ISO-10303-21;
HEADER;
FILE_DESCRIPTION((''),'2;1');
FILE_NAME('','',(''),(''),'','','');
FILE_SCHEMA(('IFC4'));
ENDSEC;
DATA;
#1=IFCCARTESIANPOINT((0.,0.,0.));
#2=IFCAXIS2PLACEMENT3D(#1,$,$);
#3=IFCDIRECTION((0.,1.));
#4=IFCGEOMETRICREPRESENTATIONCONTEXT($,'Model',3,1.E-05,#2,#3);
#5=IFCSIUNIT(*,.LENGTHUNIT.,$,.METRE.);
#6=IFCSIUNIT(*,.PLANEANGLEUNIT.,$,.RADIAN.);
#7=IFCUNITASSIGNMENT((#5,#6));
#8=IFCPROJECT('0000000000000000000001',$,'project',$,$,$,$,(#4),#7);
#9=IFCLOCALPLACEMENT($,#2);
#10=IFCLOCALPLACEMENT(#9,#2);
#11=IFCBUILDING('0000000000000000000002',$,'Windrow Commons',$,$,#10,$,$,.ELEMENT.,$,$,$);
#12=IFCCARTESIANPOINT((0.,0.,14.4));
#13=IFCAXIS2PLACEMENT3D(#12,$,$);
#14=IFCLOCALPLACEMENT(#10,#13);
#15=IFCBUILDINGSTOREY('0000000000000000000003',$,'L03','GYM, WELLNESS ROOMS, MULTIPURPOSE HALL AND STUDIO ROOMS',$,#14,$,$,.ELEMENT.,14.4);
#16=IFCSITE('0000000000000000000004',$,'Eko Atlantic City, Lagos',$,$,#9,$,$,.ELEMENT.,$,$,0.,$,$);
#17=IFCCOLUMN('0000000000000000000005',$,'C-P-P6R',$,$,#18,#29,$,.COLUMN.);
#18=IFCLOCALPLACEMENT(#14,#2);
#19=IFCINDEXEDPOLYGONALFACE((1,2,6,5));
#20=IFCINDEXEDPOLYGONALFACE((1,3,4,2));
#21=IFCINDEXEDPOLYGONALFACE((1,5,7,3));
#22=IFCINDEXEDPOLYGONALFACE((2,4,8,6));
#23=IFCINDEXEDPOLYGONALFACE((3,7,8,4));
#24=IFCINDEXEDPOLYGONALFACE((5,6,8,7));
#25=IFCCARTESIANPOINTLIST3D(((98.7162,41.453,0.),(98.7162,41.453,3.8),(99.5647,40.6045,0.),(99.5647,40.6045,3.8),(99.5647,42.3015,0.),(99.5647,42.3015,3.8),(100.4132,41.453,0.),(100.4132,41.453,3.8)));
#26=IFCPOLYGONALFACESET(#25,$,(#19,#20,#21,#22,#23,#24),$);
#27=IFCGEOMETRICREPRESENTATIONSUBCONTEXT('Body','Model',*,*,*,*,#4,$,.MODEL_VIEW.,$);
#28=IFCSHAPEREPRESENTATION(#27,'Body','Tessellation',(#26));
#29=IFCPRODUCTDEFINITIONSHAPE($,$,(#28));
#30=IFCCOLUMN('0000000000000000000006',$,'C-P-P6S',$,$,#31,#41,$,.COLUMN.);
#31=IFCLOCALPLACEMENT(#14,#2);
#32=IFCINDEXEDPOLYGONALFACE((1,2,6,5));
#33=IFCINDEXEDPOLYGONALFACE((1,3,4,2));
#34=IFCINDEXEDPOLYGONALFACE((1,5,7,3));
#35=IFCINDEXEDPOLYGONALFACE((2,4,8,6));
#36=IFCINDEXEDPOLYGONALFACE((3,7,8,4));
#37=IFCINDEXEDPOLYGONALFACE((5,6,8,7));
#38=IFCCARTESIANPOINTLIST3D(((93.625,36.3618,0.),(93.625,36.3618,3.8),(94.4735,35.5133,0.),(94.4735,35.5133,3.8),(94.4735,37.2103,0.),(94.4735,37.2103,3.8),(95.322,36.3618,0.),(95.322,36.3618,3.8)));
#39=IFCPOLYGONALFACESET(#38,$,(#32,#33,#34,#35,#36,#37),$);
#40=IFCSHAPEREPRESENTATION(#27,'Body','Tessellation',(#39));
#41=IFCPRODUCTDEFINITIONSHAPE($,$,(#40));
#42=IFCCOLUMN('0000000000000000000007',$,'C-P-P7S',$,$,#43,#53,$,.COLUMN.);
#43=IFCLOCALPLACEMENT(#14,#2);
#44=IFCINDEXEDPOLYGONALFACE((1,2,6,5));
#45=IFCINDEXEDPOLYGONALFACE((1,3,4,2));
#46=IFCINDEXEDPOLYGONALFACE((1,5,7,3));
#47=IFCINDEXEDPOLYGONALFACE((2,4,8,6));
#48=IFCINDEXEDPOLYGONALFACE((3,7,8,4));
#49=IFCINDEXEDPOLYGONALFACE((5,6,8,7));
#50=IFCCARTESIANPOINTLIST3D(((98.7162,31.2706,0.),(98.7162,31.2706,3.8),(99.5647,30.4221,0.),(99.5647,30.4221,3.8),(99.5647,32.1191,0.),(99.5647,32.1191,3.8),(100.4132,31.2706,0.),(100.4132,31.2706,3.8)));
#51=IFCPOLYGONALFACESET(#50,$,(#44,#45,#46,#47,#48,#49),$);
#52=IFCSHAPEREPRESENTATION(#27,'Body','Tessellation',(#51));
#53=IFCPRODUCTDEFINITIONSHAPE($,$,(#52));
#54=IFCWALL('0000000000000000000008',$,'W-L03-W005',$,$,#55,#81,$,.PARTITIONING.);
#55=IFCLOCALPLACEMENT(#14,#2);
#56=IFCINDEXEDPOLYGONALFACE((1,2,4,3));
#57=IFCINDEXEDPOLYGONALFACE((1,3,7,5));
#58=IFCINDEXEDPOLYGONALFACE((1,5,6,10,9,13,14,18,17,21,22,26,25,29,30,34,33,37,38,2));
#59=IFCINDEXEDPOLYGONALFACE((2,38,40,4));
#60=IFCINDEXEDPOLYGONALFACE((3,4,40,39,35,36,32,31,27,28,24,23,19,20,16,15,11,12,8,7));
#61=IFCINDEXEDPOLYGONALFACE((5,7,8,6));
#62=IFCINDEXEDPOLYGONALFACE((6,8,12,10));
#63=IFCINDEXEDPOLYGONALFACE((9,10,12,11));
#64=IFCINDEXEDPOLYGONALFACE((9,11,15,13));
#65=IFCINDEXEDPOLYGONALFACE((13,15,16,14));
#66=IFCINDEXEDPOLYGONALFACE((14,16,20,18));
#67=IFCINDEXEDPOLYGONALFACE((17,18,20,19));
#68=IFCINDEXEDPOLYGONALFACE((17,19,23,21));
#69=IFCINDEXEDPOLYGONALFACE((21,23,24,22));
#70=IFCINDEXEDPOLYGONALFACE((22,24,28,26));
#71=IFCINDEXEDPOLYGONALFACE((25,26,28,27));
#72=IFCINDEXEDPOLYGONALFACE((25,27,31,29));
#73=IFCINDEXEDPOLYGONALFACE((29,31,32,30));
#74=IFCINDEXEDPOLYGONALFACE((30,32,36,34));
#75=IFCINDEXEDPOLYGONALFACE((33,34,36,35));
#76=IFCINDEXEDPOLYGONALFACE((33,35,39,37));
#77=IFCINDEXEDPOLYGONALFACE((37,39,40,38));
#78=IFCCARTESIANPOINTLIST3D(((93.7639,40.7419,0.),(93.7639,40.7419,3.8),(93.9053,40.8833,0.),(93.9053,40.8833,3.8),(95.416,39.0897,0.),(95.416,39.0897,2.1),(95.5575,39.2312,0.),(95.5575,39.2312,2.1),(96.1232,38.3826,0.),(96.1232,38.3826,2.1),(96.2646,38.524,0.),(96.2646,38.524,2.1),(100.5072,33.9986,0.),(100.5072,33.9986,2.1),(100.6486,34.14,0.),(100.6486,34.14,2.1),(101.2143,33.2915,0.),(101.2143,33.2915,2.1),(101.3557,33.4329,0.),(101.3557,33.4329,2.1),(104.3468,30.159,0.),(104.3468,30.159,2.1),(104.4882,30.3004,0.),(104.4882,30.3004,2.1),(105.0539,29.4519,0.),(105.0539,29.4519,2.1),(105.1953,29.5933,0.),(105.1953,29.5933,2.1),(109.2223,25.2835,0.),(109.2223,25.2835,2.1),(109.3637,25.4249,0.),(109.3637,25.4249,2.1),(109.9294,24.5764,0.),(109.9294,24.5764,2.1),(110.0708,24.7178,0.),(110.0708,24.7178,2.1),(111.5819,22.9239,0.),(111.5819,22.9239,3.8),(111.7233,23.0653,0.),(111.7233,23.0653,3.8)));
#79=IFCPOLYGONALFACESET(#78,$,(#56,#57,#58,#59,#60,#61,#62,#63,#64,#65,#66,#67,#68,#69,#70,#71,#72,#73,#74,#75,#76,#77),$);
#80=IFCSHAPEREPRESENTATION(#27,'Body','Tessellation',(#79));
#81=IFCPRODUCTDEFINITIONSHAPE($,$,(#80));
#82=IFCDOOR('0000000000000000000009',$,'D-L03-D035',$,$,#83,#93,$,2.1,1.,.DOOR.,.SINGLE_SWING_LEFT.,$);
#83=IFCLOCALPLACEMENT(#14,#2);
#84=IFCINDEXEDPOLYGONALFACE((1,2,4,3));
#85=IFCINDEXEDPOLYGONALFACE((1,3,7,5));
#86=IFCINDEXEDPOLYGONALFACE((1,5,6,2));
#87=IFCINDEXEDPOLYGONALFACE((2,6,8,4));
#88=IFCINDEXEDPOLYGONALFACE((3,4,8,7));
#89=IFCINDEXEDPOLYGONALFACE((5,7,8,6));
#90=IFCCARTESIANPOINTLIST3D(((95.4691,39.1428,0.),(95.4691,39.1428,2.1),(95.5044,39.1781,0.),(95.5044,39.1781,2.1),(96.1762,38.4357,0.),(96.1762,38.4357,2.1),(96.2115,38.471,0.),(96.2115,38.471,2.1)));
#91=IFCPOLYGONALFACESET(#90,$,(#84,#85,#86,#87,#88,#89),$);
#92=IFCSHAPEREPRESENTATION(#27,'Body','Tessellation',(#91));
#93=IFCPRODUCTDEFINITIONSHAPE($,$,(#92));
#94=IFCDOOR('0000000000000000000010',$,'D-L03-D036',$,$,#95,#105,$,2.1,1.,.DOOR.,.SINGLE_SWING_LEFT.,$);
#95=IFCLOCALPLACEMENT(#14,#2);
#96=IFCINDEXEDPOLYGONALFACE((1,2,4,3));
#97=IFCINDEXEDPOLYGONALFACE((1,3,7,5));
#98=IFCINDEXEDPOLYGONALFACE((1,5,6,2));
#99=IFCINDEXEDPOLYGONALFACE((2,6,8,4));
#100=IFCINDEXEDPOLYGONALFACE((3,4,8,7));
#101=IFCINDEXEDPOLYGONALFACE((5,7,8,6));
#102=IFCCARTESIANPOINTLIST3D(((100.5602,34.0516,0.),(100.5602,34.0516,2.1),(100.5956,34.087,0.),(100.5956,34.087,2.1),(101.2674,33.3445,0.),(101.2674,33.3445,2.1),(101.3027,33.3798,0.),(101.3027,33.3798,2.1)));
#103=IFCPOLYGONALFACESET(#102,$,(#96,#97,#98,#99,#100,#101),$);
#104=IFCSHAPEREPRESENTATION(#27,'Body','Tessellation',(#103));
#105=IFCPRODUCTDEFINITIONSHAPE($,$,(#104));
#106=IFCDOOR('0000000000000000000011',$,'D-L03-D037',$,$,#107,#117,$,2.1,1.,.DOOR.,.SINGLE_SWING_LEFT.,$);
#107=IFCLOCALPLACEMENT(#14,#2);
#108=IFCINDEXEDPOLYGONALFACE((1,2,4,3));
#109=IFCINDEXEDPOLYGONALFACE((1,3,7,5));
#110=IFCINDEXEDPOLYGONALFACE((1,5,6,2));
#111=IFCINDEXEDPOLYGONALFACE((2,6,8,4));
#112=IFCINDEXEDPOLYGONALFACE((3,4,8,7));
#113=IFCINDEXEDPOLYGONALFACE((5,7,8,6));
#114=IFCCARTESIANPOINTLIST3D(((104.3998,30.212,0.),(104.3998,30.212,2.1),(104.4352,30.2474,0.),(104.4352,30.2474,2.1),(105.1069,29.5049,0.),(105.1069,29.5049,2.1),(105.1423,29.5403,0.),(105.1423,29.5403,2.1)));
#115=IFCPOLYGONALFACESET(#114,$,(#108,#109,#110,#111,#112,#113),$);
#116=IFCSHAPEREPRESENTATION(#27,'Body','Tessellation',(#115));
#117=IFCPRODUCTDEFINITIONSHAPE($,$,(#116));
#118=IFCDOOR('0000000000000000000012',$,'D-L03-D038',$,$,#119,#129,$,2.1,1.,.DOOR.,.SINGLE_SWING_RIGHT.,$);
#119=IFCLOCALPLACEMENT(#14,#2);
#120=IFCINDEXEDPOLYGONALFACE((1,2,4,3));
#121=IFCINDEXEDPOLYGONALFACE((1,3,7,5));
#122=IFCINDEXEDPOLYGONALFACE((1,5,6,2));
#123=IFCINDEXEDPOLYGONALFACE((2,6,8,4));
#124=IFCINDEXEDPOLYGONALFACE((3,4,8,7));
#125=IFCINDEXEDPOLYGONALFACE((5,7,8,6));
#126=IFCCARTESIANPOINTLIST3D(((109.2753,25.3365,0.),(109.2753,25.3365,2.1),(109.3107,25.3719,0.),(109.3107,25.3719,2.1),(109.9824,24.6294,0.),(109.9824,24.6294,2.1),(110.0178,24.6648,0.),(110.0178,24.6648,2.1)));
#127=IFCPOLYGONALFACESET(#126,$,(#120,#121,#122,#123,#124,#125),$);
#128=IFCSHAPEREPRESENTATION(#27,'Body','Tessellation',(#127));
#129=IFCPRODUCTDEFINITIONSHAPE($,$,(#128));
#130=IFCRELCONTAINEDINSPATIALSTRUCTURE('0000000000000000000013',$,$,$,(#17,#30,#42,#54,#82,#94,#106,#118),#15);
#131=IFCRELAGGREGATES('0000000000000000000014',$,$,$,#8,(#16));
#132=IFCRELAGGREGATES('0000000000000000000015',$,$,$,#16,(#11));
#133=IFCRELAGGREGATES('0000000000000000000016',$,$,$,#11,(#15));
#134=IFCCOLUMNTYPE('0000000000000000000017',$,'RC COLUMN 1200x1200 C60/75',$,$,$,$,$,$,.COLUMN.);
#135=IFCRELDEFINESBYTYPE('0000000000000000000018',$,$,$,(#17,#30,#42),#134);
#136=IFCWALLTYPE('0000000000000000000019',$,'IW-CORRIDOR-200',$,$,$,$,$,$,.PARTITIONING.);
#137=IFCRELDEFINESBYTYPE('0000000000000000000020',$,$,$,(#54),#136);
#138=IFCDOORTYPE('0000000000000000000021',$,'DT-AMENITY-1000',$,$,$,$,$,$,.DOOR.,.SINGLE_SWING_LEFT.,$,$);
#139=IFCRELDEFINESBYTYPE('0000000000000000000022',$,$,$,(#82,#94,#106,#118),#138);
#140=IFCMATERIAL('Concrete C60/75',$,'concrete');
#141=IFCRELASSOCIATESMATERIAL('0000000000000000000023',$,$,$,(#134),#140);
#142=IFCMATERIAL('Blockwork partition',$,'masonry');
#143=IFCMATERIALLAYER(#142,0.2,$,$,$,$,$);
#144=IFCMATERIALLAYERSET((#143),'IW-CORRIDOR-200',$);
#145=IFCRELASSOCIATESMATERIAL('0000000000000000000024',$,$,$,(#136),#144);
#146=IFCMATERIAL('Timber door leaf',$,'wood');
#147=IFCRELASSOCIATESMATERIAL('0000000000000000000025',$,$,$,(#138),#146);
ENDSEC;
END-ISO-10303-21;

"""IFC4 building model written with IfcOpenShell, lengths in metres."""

from ifc_helpers import new_model, si_unit, direction, frame, frame_2d, origin, origin_2d, place, context, subcontext, project, spatial, rectangle, extrude, material, layer, layer_set, material_profile, profile_set, type_object, element, fill, save


model = new_model("IFC4")

# Units and contexts
model_context = context("Model", 3, precision=1e-05, world=origin(), true_north=direction((0.0, 1.0)))
body_context = subcontext(model_context, "Body", "Model", "MODEL_VIEW")
ifc_project = project(units=[si_unit("LENGTHUNIT", "METRE"), si_unit("PLANEANGLEUNIT", "RADIAN")], contexts=[model_context])

# Site, building, storey
site_placement = place(None, origin())
site = spatial("IfcSite", under=ifc_project, at=site_placement, Name="Eko Atlantic City, Lagos", CompositionType="ELEMENT", RefElevation=0.0)
building_placement = place(site_placement, origin())
building = spatial("IfcBuilding", under=site, at=building_placement, Name="Windrow Commons", CompositionType="ELEMENT")
storey_placement = place(building_placement, frame((0.0, 0.0, 14.4)))
storey = spatial("IfcBuildingStorey", under=building, at=storey_placement, Name="L03", Description="GYM, WELLNESS ROOMS, MULTIPURPOSE HALL AND STUDIO ROOMS", CompositionType="ELEMENT", Elevation=14.4)

# Columns
ifc_material_1 = material(Name="Concrete C60/75", Category="concrete")
ifc_material_profile = material_profile(ifc_material_1, rectangle(XDim=1.2, YDim=1.2, at=origin_2d()))
ifc_profile_set = profile_set([ifc_material_profile], Name="Concrete C60/75")
column_type = type_object("IfcColumnType", Name="RC COLUMN 1200x1200 C60/75", PredefinedType="COLUMN", material=ifc_profile_set)
for number, where, z_axis, x_axis, name in (
    (1, (99.5647, 41.453, 0.0), (0.0, 0.0, 1.0), (0.707107, -0.707107, 0.0), "C-P-P6R"),
    (2, (94.4735, 36.3618, 0.0), (0.0, 0.0, 1.0), (0.707107, -0.707107, 0.0), "C-P-P6S"),
    (3, (99.5647, 31.2706, 0.0), (0.0, 0.0, 1.0), (0.707107, -0.707107, 0.0), "C-P-P7S"),
):
    element("IfcColumn", number, at=place(storey_placement, frame(where, z_axis=z_axis, x_axis=x_axis)), inside=storey, type_object=column_type, Name=name, PredefinedType="COLUMN", context=body_context, shape_type="SweptSolid", body=[
        extrude(rectangle(XDim=1.2, YDim=1.2, at=origin_2d()), origin(), (0.0, 0.0, 1.0), 3.8),
    ])

# Wall, openings, doors
ifc_material_2 = material(Name="Blockwork partition", Category="masonry")
ifc_layer_1 = layer(ifc_material_2, 0.2)
ifc_layer_set_1 = layer_set([ifc_layer_1], Name="IW-CORRIDOR-200")
wall_type_1 = type_object("IfcWallType", Name="IW-CORRIDOR-200", PredefinedType="PARTITIONING", material=ifc_layer_set_1)
wall_1_placement = place(storey_placement, frame((93.8346, 40.8126, 0.0), z_axis=(0.0, 0.0, 1.0), x_axis=(0.707107, -0.707107, 0.0)))
wall_1 = element("IfcWall", 4, at=wall_1_placement, inside=storey, type_object=wall_type_1, Name="W-L03-W005", PredefinedType="PARTITIONING", context=body_context, shape_type="SweptSolid", body=[
    extrude(rectangle(XDim=25.1985, YDim=0.2, at=frame_2d((12.5992, 0.0))), origin(), (0.0, 0.0, 1.0), 3.8),
])
opening_1_placement = place(wall_1_placement, frame((2.3365, 0.0, 0.0)))
opening_1 = element("IfcOpeningElement", 5, at=opening_1_placement, cuts=wall_1, PredefinedType="OPENING", context=body_context, shape_type="SweptSolid", body=[
    extrude(rectangle(XDim=1.0, YDim=2.1, at=frame_2d((0.5, 1.05))), frame((0.0, 0.11, 0.0), z_axis=(0.0, -1.0, 0.0), x_axis=(1.0, 0.0, 0.0)), (0.0, 0.0, 1.0), 0.22),
])
opening_2_placement = place(wall_1_placement, frame((9.5365, 0.0, 0.0)))
opening_2 = element("IfcOpeningElement", 6, at=opening_2_placement, cuts=wall_1, PredefinedType="OPENING", context=body_context, shape_type="SweptSolid", body=[
    extrude(rectangle(XDim=1.0, YDim=2.1, at=frame_2d((0.5, 1.05))), frame((0.0, 0.11, 0.0), z_axis=(0.0, -1.0, 0.0), x_axis=(1.0, 0.0, 0.0)), (0.0, 0.0, 1.0), 0.22),
])
opening_3_placement = place(wall_1_placement, frame((14.9665, 0.0, 0.0)))
opening_3 = element("IfcOpeningElement", 7, at=opening_3_placement, cuts=wall_1, PredefinedType="OPENING", context=body_context, shape_type="SweptSolid", body=[
    extrude(rectangle(XDim=1.0, YDim=2.1, at=frame_2d((0.5, 1.05))), frame((0.0, 0.11, 0.0), z_axis=(0.0, -1.0, 0.0), x_axis=(1.0, 0.0, 0.0)), (0.0, 0.0, 1.0), 0.22),
])
opening_4_placement = place(wall_1_placement, frame((21.8615, 0.0, 0.0)))
opening_4 = element("IfcOpeningElement", 8, at=opening_4_placement, cuts=wall_1, PredefinedType="OPENING", context=body_context, shape_type="SweptSolid", body=[
    extrude(rectangle(XDim=1.0, YDim=2.1, at=frame_2d((0.5, 1.05))), frame((0.0, 0.11, 0.0), z_axis=(0.0, -1.0, 0.0), x_axis=(1.0, 0.0, 0.0)), (0.0, 0.0, 1.0), 0.22),
])
ifc_material_3 = material(Name="Timber door leaf", Category="wood")
door_type = type_object("IfcDoorType", Name="DT-AMENITY-1000", OperationType="SINGLE_SWING_LEFT", PredefinedType="DOOR", material=ifc_material_3)
door_1_placement = place(opening_1_placement, origin())
door_1 = element("IfcDoor", 9, at=door_1_placement, inside=storey, type_object=door_type, Name="D-L03-D035", OperationType="SINGLE_SWING_LEFT", OverallHeight=2.1, OverallWidth=1.0, PredefinedType="DOOR", context=body_context, shape_type="SweptSolid", body=[
    extrude(rectangle(XDim=1.0, YDim=2.1, at=frame_2d((0.5, 1.05))), frame((0.0, 0.025, 0.0), z_axis=(0.0, -1.0, 0.0), x_axis=(1.0, 0.0, 0.0)), (0.0, 0.0, 1.0), 0.05),
])
fill(opening_1, door_1)
door_2_placement = place(opening_2_placement, origin())
door_2 = element("IfcDoor", 10, at=door_2_placement, inside=storey, type_object=door_type, Name="D-L03-D036", OperationType="SINGLE_SWING_LEFT", OverallHeight=2.1, OverallWidth=1.0, PredefinedType="DOOR", context=body_context, shape_type="SweptSolid", body=[
    extrude(rectangle(XDim=1.0, YDim=2.1, at=frame_2d((0.5, 1.05))), frame((0.0, 0.025, 0.0), z_axis=(0.0, -1.0, 0.0), x_axis=(1.0, 0.0, 0.0)), (0.0, 0.0, 1.0), 0.05),
])
fill(opening_2, door_2)
door_3_placement = place(opening_3_placement, origin())
door_3 = element("IfcDoor", 11, at=door_3_placement, inside=storey, type_object=door_type, Name="D-L03-D037", OperationType="SINGLE_SWING_LEFT", OverallHeight=2.1, OverallWidth=1.0, PredefinedType="DOOR", context=body_context, shape_type="SweptSolid", body=[
    extrude(rectangle(XDim=1.0, YDim=2.1, at=frame_2d((0.5, 1.05))), frame((0.0, 0.025, 0.0), z_axis=(0.0, -1.0, 0.0), x_axis=(1.0, 0.0, 0.0)), (0.0, 0.0, 1.0), 0.05),
])
fill(opening_3, door_3)
door_4_placement = place(opening_4_placement, origin())
door_4 = element("IfcDoor", 12, at=door_4_placement, inside=storey, type_object=door_type, Name="D-L03-D038", OperationType="SINGLE_SWING_RIGHT", OverallHeight=2.1, OverallWidth=1.0, PredefinedType="DOOR", context=body_context, shape_type="SweptSolid", body=[
    extrude(rectangle(XDim=1.0, YDim=2.1, at=frame_2d((0.5, 1.05))), frame((0.0, 0.025, 0.0), z_axis=(0.0, -1.0, 0.0), x_axis=(1.0, 0.0, 0.0)), (0.0, 0.0, 1.0), 0.05),
])
fill(opening_4, door_4)

save(model, "model.ifc")
